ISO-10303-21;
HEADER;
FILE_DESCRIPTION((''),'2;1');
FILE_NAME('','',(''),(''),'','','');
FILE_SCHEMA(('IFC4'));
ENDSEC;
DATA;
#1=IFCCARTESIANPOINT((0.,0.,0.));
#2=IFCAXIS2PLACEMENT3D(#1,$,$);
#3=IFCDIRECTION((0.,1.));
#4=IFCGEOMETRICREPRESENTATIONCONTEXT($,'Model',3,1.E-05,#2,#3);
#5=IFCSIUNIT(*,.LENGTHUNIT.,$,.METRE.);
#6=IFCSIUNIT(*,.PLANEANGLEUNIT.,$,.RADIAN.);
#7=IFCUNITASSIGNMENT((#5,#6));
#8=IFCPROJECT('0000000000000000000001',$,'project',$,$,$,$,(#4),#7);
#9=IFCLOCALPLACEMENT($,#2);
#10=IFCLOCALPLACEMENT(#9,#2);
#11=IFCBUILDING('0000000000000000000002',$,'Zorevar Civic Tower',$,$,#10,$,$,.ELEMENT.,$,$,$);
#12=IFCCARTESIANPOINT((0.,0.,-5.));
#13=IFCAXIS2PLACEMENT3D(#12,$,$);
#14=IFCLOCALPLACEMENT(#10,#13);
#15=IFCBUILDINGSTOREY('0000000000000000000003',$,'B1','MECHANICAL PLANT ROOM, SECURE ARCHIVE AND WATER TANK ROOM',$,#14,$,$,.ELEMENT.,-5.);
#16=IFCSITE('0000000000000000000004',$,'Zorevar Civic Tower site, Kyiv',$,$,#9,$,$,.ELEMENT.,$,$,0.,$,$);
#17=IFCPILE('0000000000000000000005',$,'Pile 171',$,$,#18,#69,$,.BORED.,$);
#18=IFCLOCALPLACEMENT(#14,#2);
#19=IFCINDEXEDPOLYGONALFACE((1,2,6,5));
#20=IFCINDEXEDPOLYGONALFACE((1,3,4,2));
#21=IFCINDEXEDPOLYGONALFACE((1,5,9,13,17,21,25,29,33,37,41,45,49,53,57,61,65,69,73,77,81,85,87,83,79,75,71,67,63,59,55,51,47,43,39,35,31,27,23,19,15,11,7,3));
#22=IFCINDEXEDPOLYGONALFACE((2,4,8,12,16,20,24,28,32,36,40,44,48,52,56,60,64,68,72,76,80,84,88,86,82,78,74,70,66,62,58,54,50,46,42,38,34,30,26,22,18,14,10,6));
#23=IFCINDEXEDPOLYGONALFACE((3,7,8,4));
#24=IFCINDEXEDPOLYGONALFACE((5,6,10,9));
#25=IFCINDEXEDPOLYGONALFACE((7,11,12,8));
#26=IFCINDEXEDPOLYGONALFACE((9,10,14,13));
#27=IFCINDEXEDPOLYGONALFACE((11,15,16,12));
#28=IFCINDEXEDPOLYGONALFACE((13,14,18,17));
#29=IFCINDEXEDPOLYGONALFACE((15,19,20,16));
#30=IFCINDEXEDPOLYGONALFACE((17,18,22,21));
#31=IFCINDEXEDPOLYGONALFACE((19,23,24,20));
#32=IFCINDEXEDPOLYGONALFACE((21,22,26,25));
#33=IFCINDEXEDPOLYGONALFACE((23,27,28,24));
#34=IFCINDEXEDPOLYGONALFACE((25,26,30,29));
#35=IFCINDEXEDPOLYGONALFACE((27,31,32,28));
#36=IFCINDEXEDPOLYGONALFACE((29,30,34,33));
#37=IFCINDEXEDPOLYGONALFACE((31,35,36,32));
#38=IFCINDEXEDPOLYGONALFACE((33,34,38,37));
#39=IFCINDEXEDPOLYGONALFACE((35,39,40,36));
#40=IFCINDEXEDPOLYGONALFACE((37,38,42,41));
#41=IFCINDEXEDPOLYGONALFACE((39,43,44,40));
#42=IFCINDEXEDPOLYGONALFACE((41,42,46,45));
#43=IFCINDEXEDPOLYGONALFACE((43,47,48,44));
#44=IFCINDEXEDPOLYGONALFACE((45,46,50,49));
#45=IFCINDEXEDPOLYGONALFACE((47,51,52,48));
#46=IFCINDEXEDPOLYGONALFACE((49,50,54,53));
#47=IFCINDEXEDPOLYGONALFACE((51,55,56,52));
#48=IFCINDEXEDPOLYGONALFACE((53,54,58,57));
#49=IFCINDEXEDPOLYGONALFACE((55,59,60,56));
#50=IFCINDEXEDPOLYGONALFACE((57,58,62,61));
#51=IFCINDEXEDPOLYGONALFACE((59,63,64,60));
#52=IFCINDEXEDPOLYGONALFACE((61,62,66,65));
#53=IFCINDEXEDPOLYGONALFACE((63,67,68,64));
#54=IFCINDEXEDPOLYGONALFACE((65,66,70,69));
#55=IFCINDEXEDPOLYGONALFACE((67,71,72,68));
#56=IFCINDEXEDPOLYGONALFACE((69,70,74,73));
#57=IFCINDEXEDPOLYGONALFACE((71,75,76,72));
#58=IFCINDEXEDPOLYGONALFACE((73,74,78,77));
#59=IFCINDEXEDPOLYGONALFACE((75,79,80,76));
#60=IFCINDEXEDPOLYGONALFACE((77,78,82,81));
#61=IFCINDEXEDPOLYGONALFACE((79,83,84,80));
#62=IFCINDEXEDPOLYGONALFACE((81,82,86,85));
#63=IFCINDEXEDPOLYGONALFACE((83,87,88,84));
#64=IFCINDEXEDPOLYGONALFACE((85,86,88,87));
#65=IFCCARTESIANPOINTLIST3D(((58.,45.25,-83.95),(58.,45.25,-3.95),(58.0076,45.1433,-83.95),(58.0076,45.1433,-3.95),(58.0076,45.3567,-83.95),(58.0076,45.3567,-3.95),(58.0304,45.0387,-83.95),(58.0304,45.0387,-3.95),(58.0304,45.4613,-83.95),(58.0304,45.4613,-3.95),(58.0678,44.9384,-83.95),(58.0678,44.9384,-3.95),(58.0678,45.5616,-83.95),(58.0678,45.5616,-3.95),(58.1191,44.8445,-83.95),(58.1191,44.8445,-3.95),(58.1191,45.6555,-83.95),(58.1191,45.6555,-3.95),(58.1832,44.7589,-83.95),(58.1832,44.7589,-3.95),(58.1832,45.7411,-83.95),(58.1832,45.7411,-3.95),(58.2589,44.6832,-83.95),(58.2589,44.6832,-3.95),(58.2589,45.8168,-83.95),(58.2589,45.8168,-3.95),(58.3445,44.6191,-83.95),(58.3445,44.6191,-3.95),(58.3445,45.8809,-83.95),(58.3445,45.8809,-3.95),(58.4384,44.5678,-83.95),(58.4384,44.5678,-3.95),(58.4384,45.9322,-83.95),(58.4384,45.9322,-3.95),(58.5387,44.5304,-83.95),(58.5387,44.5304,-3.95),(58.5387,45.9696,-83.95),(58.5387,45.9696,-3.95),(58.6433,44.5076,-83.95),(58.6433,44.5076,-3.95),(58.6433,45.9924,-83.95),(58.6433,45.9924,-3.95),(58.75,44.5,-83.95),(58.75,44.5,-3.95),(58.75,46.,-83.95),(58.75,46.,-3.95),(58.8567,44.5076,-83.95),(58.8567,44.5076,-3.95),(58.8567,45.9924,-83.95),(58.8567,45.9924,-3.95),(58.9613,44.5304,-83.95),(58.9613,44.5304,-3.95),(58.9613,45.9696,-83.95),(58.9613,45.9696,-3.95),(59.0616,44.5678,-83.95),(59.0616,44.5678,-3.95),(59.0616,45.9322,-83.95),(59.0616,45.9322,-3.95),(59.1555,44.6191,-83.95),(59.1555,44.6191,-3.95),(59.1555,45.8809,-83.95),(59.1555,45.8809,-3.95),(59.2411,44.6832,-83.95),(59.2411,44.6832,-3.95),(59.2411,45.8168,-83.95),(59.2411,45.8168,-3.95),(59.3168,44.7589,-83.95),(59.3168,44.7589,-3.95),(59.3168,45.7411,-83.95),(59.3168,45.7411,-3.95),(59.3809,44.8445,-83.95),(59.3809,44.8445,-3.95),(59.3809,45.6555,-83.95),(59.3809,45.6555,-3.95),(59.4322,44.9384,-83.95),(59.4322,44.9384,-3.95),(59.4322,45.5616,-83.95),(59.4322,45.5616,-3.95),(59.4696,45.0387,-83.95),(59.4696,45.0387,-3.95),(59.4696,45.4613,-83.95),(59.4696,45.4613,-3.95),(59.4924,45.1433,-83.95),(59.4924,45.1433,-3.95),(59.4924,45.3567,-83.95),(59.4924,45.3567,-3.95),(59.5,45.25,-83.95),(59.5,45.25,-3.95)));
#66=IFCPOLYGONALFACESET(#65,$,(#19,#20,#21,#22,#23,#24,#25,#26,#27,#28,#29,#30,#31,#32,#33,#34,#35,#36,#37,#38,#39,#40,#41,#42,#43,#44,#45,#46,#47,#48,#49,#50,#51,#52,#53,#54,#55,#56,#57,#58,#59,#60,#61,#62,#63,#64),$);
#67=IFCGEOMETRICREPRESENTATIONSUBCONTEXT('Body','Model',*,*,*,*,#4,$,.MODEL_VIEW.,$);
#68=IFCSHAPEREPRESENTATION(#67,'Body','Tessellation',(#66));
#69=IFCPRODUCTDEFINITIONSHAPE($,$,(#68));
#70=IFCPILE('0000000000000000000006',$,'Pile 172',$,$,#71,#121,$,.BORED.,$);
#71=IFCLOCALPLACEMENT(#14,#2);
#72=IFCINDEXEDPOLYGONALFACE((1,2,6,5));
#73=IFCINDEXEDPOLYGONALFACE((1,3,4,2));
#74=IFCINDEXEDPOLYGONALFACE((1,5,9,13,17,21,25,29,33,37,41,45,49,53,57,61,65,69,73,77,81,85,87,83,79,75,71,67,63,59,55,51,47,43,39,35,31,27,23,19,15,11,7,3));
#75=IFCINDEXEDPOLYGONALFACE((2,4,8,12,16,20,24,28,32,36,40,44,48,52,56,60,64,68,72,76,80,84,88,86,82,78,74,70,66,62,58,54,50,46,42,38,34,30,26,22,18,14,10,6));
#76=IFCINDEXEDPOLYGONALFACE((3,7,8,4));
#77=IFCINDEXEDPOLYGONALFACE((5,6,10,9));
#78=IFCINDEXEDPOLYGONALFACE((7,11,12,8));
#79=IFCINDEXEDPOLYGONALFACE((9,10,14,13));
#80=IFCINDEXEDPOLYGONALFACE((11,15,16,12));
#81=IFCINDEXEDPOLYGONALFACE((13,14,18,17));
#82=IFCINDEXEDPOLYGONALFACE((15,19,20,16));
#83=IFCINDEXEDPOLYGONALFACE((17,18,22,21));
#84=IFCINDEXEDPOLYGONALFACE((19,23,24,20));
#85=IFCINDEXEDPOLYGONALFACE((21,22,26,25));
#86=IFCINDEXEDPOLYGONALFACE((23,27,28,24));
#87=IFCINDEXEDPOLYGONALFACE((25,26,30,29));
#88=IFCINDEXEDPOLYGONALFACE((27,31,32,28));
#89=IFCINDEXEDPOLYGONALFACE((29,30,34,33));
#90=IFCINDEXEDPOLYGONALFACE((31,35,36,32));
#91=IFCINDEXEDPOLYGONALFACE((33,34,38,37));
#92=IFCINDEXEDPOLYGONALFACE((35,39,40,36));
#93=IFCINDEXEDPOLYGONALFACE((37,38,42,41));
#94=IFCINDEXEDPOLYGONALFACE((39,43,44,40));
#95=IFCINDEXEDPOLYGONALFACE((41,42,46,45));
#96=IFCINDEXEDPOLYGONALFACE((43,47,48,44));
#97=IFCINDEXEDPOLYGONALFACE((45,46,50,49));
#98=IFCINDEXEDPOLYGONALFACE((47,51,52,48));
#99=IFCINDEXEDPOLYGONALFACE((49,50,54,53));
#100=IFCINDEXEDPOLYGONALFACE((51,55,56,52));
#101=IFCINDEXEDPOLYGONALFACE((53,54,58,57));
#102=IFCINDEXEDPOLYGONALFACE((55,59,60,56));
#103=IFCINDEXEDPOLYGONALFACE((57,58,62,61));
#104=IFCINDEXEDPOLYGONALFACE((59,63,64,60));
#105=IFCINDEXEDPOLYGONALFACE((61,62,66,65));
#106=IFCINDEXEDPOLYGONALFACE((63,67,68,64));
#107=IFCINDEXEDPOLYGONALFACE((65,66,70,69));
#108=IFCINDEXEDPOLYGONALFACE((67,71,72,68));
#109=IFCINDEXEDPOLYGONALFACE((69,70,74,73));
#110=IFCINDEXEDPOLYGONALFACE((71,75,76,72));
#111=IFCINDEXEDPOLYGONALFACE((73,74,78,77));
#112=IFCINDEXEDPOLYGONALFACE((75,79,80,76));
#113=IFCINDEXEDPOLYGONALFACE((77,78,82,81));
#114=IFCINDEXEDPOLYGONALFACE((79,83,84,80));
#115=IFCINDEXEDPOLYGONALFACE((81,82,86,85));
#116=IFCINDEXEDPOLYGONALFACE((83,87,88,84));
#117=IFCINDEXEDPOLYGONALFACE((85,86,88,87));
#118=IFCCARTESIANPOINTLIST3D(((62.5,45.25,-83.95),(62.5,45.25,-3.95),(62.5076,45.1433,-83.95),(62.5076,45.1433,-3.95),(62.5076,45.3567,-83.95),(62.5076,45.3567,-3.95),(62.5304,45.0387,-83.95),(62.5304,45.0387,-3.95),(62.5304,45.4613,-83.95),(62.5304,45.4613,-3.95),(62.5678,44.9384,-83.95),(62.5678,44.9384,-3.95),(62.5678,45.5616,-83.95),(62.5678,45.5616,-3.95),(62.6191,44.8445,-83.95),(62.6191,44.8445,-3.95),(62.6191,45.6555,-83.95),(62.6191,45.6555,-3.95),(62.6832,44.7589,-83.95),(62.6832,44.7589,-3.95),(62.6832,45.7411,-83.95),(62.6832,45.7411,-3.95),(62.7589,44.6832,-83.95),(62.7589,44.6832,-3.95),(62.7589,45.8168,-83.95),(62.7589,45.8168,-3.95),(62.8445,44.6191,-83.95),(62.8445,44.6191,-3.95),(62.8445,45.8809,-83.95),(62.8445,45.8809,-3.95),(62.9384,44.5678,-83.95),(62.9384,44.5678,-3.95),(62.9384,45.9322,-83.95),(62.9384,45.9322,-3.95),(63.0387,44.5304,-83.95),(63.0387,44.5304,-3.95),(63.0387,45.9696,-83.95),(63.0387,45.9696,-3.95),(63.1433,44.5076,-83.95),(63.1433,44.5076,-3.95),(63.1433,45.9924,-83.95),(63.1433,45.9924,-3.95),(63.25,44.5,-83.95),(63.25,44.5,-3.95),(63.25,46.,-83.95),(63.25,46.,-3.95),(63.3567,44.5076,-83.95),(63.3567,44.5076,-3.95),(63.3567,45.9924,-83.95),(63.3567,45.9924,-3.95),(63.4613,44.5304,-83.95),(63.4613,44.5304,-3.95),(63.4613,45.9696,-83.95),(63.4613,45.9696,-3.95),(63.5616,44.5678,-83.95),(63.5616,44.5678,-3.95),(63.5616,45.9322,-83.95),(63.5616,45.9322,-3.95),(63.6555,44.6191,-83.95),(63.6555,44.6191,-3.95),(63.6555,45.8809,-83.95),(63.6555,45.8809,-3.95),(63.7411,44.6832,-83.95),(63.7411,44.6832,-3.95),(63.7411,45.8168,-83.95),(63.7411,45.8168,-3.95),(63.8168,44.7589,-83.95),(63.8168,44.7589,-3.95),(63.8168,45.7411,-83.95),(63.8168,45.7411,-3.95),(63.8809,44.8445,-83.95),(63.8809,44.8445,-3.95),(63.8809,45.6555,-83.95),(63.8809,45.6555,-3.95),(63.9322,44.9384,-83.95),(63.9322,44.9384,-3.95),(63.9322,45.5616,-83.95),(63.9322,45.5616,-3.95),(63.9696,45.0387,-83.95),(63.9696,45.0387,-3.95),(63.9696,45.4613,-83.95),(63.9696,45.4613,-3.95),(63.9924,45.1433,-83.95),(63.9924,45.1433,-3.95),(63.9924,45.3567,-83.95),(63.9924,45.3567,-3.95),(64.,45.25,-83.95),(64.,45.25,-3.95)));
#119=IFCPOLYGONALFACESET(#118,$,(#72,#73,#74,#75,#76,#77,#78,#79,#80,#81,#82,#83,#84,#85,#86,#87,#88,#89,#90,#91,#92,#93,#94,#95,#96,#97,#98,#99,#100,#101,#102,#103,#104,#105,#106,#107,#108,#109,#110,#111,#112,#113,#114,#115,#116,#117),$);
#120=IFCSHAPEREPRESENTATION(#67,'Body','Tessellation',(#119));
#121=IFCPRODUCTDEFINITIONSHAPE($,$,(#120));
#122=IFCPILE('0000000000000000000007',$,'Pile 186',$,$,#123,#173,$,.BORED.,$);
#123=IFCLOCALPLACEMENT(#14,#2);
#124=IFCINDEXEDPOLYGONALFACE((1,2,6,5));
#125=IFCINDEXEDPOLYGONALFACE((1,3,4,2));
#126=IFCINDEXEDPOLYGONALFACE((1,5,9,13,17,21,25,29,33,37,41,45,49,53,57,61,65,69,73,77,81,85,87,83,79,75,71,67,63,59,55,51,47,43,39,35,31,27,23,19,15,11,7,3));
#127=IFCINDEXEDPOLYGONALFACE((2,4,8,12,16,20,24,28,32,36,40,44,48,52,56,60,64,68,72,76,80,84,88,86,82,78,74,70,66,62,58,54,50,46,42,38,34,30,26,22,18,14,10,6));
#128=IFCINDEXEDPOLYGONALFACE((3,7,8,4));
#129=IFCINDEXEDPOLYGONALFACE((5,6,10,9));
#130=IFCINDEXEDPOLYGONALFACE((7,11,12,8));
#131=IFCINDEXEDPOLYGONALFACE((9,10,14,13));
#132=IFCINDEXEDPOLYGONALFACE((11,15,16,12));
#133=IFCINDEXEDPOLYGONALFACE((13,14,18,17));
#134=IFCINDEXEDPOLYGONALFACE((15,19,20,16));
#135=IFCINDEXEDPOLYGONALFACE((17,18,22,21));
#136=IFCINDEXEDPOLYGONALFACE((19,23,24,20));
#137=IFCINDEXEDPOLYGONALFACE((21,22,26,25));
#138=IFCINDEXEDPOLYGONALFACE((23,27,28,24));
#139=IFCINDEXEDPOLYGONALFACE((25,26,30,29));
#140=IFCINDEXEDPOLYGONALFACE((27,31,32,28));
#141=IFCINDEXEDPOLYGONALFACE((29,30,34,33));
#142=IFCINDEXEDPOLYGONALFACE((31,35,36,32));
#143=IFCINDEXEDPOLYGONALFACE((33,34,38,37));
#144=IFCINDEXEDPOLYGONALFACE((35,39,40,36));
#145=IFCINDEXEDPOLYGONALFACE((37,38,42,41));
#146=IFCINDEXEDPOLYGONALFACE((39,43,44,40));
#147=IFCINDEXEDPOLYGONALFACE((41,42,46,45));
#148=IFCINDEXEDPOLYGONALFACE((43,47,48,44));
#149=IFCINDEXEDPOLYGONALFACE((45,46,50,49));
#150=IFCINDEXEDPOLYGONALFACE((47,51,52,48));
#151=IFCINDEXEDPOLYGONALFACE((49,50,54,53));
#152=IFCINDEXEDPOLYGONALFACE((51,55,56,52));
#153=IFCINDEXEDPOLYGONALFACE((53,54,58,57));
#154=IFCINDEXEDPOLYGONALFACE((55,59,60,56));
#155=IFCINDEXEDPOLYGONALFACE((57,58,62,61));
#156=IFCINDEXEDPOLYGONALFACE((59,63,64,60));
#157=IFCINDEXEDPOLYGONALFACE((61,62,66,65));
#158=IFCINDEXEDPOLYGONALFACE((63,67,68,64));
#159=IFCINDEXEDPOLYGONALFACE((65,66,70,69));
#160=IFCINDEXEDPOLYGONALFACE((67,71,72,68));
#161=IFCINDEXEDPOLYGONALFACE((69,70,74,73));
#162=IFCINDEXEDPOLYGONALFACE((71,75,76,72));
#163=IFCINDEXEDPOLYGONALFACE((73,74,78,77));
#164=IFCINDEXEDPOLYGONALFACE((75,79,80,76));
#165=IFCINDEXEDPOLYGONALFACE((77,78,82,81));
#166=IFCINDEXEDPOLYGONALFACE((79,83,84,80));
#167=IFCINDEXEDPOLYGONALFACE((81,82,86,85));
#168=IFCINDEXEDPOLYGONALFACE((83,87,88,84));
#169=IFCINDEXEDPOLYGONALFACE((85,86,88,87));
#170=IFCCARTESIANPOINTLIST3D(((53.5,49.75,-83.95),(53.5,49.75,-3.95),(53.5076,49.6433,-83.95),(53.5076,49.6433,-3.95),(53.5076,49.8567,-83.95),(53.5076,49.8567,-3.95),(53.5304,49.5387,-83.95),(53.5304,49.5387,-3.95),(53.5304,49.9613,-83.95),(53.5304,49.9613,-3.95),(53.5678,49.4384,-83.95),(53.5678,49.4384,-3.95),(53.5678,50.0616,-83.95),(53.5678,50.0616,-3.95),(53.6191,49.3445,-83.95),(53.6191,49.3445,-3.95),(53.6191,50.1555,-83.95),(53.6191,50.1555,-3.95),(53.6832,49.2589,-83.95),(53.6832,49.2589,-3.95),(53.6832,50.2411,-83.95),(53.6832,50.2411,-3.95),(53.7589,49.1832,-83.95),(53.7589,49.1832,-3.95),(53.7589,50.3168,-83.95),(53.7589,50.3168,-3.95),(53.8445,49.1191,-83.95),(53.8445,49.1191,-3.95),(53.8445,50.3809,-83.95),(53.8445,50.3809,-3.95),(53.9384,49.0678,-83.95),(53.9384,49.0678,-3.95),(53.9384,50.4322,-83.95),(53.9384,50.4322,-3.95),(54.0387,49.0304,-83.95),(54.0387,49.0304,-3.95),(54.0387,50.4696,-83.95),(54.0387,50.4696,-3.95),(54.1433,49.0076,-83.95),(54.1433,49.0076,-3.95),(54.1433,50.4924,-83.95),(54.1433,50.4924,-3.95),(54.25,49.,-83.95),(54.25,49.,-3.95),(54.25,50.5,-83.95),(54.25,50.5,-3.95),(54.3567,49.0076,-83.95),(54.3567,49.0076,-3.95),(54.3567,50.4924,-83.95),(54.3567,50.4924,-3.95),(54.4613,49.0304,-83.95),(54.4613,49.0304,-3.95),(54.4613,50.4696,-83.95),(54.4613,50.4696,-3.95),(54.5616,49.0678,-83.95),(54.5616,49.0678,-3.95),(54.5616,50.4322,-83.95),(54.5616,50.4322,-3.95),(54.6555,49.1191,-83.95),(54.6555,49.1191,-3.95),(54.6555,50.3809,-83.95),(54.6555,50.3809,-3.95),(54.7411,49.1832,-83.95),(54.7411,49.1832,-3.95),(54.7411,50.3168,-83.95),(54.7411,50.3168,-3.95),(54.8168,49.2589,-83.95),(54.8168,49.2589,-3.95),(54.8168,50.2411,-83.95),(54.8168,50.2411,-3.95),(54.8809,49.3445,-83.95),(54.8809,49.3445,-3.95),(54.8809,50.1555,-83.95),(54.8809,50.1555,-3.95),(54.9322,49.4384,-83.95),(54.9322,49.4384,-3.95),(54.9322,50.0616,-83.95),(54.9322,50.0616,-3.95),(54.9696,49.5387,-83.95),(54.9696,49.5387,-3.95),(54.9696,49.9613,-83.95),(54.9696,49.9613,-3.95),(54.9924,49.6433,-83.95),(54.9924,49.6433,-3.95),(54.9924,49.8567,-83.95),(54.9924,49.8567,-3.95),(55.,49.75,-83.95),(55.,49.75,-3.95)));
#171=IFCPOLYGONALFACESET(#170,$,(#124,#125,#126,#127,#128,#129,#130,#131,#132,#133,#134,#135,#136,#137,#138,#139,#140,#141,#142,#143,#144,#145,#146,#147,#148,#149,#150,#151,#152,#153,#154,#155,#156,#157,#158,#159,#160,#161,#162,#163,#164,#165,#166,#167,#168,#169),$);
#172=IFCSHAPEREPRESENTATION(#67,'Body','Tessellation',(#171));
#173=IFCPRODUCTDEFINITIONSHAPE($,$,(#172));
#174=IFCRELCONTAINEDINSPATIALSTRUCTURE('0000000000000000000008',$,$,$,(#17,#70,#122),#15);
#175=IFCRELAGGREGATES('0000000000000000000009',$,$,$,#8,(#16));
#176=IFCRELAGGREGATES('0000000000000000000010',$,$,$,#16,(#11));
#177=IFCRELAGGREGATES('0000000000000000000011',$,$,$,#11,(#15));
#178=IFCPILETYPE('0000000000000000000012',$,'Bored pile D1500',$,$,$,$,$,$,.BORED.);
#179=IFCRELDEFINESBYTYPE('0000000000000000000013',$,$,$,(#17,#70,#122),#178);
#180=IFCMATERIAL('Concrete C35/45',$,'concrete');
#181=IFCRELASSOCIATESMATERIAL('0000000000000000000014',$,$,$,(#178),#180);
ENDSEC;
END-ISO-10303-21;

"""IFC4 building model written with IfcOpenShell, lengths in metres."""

from ifc_helpers import new_model, si_unit, direction, frame, origin, origin_2d, place, context, subcontext, project, spatial, circle, extrude, material, type_object, element, save


model = new_model("IFC4")

# Units and contexts
model_context = context("Model", 3, precision=1e-05, world=origin(), true_north=direction((0.0, 1.0)))
body_context = subcontext(model_context, "Body", "Model", "MODEL_VIEW")
ifc_project = project(units=[si_unit("LENGTHUNIT", "METRE"), si_unit("PLANEANGLEUNIT", "RADIAN")], contexts=[model_context])

# Site, building, storey
site_placement = place(None, origin())
site = spatial("IfcSite", under=ifc_project, at=site_placement, Name="Zorevar Civic Tower site, Kyiv", CompositionType="ELEMENT", RefElevation=0.0)
building_placement = place(site_placement, origin())
building = spatial("IfcBuilding", under=site, at=building_placement, Name="Zorevar Civic Tower", CompositionType="ELEMENT")
storey_placement = place(building_placement, frame((0.0, 0.0, -5.0)))
storey = spatial("IfcBuildingStorey", under=building, at=storey_placement, Name="B1", Description="MECHANICAL PLANT ROOM, SECURE ARCHIVE AND WATER TANK ROOM", CompositionType="ELEMENT", Elevation=-5.0)

# Piles
ifc_material_1 = material(Name="Concrete C35/45", Category="concrete")
pile_type_1 = type_object("IfcPileType", Name="Bored pile D1500", PredefinedType="BORED", material=ifc_material_1)
for number, where, z_axis, x_axis, name in (
    (1, (58.75, 45.25, -3.95), (0.0, 0.0, -1.0), (1.0, 0.0, 0.0), "Pile 171"),
    (2, (63.25, 45.25, -3.95), (0.0, 0.0, -1.0), (1.0, 0.0, 0.0), "Pile 172"),
    (3, (54.25, 49.75, -3.95), (0.0, 0.0, -1.0), (1.0, 0.0, 0.0), "Pile 186"),
):
    element("IfcPile", number, at=place(storey_placement, frame(where, z_axis=z_axis, x_axis=x_axis)), inside=storey, type_object=pile_type_1, Name=name, PredefinedType="BORED", context=body_context, shape_type="SweptSolid", body=[
        extrude(circle(Radius=0.75, at=origin_2d()), origin(), (0.0, 0.0, 1.0), 80.0),
    ])

save(model, "model.ifc")
